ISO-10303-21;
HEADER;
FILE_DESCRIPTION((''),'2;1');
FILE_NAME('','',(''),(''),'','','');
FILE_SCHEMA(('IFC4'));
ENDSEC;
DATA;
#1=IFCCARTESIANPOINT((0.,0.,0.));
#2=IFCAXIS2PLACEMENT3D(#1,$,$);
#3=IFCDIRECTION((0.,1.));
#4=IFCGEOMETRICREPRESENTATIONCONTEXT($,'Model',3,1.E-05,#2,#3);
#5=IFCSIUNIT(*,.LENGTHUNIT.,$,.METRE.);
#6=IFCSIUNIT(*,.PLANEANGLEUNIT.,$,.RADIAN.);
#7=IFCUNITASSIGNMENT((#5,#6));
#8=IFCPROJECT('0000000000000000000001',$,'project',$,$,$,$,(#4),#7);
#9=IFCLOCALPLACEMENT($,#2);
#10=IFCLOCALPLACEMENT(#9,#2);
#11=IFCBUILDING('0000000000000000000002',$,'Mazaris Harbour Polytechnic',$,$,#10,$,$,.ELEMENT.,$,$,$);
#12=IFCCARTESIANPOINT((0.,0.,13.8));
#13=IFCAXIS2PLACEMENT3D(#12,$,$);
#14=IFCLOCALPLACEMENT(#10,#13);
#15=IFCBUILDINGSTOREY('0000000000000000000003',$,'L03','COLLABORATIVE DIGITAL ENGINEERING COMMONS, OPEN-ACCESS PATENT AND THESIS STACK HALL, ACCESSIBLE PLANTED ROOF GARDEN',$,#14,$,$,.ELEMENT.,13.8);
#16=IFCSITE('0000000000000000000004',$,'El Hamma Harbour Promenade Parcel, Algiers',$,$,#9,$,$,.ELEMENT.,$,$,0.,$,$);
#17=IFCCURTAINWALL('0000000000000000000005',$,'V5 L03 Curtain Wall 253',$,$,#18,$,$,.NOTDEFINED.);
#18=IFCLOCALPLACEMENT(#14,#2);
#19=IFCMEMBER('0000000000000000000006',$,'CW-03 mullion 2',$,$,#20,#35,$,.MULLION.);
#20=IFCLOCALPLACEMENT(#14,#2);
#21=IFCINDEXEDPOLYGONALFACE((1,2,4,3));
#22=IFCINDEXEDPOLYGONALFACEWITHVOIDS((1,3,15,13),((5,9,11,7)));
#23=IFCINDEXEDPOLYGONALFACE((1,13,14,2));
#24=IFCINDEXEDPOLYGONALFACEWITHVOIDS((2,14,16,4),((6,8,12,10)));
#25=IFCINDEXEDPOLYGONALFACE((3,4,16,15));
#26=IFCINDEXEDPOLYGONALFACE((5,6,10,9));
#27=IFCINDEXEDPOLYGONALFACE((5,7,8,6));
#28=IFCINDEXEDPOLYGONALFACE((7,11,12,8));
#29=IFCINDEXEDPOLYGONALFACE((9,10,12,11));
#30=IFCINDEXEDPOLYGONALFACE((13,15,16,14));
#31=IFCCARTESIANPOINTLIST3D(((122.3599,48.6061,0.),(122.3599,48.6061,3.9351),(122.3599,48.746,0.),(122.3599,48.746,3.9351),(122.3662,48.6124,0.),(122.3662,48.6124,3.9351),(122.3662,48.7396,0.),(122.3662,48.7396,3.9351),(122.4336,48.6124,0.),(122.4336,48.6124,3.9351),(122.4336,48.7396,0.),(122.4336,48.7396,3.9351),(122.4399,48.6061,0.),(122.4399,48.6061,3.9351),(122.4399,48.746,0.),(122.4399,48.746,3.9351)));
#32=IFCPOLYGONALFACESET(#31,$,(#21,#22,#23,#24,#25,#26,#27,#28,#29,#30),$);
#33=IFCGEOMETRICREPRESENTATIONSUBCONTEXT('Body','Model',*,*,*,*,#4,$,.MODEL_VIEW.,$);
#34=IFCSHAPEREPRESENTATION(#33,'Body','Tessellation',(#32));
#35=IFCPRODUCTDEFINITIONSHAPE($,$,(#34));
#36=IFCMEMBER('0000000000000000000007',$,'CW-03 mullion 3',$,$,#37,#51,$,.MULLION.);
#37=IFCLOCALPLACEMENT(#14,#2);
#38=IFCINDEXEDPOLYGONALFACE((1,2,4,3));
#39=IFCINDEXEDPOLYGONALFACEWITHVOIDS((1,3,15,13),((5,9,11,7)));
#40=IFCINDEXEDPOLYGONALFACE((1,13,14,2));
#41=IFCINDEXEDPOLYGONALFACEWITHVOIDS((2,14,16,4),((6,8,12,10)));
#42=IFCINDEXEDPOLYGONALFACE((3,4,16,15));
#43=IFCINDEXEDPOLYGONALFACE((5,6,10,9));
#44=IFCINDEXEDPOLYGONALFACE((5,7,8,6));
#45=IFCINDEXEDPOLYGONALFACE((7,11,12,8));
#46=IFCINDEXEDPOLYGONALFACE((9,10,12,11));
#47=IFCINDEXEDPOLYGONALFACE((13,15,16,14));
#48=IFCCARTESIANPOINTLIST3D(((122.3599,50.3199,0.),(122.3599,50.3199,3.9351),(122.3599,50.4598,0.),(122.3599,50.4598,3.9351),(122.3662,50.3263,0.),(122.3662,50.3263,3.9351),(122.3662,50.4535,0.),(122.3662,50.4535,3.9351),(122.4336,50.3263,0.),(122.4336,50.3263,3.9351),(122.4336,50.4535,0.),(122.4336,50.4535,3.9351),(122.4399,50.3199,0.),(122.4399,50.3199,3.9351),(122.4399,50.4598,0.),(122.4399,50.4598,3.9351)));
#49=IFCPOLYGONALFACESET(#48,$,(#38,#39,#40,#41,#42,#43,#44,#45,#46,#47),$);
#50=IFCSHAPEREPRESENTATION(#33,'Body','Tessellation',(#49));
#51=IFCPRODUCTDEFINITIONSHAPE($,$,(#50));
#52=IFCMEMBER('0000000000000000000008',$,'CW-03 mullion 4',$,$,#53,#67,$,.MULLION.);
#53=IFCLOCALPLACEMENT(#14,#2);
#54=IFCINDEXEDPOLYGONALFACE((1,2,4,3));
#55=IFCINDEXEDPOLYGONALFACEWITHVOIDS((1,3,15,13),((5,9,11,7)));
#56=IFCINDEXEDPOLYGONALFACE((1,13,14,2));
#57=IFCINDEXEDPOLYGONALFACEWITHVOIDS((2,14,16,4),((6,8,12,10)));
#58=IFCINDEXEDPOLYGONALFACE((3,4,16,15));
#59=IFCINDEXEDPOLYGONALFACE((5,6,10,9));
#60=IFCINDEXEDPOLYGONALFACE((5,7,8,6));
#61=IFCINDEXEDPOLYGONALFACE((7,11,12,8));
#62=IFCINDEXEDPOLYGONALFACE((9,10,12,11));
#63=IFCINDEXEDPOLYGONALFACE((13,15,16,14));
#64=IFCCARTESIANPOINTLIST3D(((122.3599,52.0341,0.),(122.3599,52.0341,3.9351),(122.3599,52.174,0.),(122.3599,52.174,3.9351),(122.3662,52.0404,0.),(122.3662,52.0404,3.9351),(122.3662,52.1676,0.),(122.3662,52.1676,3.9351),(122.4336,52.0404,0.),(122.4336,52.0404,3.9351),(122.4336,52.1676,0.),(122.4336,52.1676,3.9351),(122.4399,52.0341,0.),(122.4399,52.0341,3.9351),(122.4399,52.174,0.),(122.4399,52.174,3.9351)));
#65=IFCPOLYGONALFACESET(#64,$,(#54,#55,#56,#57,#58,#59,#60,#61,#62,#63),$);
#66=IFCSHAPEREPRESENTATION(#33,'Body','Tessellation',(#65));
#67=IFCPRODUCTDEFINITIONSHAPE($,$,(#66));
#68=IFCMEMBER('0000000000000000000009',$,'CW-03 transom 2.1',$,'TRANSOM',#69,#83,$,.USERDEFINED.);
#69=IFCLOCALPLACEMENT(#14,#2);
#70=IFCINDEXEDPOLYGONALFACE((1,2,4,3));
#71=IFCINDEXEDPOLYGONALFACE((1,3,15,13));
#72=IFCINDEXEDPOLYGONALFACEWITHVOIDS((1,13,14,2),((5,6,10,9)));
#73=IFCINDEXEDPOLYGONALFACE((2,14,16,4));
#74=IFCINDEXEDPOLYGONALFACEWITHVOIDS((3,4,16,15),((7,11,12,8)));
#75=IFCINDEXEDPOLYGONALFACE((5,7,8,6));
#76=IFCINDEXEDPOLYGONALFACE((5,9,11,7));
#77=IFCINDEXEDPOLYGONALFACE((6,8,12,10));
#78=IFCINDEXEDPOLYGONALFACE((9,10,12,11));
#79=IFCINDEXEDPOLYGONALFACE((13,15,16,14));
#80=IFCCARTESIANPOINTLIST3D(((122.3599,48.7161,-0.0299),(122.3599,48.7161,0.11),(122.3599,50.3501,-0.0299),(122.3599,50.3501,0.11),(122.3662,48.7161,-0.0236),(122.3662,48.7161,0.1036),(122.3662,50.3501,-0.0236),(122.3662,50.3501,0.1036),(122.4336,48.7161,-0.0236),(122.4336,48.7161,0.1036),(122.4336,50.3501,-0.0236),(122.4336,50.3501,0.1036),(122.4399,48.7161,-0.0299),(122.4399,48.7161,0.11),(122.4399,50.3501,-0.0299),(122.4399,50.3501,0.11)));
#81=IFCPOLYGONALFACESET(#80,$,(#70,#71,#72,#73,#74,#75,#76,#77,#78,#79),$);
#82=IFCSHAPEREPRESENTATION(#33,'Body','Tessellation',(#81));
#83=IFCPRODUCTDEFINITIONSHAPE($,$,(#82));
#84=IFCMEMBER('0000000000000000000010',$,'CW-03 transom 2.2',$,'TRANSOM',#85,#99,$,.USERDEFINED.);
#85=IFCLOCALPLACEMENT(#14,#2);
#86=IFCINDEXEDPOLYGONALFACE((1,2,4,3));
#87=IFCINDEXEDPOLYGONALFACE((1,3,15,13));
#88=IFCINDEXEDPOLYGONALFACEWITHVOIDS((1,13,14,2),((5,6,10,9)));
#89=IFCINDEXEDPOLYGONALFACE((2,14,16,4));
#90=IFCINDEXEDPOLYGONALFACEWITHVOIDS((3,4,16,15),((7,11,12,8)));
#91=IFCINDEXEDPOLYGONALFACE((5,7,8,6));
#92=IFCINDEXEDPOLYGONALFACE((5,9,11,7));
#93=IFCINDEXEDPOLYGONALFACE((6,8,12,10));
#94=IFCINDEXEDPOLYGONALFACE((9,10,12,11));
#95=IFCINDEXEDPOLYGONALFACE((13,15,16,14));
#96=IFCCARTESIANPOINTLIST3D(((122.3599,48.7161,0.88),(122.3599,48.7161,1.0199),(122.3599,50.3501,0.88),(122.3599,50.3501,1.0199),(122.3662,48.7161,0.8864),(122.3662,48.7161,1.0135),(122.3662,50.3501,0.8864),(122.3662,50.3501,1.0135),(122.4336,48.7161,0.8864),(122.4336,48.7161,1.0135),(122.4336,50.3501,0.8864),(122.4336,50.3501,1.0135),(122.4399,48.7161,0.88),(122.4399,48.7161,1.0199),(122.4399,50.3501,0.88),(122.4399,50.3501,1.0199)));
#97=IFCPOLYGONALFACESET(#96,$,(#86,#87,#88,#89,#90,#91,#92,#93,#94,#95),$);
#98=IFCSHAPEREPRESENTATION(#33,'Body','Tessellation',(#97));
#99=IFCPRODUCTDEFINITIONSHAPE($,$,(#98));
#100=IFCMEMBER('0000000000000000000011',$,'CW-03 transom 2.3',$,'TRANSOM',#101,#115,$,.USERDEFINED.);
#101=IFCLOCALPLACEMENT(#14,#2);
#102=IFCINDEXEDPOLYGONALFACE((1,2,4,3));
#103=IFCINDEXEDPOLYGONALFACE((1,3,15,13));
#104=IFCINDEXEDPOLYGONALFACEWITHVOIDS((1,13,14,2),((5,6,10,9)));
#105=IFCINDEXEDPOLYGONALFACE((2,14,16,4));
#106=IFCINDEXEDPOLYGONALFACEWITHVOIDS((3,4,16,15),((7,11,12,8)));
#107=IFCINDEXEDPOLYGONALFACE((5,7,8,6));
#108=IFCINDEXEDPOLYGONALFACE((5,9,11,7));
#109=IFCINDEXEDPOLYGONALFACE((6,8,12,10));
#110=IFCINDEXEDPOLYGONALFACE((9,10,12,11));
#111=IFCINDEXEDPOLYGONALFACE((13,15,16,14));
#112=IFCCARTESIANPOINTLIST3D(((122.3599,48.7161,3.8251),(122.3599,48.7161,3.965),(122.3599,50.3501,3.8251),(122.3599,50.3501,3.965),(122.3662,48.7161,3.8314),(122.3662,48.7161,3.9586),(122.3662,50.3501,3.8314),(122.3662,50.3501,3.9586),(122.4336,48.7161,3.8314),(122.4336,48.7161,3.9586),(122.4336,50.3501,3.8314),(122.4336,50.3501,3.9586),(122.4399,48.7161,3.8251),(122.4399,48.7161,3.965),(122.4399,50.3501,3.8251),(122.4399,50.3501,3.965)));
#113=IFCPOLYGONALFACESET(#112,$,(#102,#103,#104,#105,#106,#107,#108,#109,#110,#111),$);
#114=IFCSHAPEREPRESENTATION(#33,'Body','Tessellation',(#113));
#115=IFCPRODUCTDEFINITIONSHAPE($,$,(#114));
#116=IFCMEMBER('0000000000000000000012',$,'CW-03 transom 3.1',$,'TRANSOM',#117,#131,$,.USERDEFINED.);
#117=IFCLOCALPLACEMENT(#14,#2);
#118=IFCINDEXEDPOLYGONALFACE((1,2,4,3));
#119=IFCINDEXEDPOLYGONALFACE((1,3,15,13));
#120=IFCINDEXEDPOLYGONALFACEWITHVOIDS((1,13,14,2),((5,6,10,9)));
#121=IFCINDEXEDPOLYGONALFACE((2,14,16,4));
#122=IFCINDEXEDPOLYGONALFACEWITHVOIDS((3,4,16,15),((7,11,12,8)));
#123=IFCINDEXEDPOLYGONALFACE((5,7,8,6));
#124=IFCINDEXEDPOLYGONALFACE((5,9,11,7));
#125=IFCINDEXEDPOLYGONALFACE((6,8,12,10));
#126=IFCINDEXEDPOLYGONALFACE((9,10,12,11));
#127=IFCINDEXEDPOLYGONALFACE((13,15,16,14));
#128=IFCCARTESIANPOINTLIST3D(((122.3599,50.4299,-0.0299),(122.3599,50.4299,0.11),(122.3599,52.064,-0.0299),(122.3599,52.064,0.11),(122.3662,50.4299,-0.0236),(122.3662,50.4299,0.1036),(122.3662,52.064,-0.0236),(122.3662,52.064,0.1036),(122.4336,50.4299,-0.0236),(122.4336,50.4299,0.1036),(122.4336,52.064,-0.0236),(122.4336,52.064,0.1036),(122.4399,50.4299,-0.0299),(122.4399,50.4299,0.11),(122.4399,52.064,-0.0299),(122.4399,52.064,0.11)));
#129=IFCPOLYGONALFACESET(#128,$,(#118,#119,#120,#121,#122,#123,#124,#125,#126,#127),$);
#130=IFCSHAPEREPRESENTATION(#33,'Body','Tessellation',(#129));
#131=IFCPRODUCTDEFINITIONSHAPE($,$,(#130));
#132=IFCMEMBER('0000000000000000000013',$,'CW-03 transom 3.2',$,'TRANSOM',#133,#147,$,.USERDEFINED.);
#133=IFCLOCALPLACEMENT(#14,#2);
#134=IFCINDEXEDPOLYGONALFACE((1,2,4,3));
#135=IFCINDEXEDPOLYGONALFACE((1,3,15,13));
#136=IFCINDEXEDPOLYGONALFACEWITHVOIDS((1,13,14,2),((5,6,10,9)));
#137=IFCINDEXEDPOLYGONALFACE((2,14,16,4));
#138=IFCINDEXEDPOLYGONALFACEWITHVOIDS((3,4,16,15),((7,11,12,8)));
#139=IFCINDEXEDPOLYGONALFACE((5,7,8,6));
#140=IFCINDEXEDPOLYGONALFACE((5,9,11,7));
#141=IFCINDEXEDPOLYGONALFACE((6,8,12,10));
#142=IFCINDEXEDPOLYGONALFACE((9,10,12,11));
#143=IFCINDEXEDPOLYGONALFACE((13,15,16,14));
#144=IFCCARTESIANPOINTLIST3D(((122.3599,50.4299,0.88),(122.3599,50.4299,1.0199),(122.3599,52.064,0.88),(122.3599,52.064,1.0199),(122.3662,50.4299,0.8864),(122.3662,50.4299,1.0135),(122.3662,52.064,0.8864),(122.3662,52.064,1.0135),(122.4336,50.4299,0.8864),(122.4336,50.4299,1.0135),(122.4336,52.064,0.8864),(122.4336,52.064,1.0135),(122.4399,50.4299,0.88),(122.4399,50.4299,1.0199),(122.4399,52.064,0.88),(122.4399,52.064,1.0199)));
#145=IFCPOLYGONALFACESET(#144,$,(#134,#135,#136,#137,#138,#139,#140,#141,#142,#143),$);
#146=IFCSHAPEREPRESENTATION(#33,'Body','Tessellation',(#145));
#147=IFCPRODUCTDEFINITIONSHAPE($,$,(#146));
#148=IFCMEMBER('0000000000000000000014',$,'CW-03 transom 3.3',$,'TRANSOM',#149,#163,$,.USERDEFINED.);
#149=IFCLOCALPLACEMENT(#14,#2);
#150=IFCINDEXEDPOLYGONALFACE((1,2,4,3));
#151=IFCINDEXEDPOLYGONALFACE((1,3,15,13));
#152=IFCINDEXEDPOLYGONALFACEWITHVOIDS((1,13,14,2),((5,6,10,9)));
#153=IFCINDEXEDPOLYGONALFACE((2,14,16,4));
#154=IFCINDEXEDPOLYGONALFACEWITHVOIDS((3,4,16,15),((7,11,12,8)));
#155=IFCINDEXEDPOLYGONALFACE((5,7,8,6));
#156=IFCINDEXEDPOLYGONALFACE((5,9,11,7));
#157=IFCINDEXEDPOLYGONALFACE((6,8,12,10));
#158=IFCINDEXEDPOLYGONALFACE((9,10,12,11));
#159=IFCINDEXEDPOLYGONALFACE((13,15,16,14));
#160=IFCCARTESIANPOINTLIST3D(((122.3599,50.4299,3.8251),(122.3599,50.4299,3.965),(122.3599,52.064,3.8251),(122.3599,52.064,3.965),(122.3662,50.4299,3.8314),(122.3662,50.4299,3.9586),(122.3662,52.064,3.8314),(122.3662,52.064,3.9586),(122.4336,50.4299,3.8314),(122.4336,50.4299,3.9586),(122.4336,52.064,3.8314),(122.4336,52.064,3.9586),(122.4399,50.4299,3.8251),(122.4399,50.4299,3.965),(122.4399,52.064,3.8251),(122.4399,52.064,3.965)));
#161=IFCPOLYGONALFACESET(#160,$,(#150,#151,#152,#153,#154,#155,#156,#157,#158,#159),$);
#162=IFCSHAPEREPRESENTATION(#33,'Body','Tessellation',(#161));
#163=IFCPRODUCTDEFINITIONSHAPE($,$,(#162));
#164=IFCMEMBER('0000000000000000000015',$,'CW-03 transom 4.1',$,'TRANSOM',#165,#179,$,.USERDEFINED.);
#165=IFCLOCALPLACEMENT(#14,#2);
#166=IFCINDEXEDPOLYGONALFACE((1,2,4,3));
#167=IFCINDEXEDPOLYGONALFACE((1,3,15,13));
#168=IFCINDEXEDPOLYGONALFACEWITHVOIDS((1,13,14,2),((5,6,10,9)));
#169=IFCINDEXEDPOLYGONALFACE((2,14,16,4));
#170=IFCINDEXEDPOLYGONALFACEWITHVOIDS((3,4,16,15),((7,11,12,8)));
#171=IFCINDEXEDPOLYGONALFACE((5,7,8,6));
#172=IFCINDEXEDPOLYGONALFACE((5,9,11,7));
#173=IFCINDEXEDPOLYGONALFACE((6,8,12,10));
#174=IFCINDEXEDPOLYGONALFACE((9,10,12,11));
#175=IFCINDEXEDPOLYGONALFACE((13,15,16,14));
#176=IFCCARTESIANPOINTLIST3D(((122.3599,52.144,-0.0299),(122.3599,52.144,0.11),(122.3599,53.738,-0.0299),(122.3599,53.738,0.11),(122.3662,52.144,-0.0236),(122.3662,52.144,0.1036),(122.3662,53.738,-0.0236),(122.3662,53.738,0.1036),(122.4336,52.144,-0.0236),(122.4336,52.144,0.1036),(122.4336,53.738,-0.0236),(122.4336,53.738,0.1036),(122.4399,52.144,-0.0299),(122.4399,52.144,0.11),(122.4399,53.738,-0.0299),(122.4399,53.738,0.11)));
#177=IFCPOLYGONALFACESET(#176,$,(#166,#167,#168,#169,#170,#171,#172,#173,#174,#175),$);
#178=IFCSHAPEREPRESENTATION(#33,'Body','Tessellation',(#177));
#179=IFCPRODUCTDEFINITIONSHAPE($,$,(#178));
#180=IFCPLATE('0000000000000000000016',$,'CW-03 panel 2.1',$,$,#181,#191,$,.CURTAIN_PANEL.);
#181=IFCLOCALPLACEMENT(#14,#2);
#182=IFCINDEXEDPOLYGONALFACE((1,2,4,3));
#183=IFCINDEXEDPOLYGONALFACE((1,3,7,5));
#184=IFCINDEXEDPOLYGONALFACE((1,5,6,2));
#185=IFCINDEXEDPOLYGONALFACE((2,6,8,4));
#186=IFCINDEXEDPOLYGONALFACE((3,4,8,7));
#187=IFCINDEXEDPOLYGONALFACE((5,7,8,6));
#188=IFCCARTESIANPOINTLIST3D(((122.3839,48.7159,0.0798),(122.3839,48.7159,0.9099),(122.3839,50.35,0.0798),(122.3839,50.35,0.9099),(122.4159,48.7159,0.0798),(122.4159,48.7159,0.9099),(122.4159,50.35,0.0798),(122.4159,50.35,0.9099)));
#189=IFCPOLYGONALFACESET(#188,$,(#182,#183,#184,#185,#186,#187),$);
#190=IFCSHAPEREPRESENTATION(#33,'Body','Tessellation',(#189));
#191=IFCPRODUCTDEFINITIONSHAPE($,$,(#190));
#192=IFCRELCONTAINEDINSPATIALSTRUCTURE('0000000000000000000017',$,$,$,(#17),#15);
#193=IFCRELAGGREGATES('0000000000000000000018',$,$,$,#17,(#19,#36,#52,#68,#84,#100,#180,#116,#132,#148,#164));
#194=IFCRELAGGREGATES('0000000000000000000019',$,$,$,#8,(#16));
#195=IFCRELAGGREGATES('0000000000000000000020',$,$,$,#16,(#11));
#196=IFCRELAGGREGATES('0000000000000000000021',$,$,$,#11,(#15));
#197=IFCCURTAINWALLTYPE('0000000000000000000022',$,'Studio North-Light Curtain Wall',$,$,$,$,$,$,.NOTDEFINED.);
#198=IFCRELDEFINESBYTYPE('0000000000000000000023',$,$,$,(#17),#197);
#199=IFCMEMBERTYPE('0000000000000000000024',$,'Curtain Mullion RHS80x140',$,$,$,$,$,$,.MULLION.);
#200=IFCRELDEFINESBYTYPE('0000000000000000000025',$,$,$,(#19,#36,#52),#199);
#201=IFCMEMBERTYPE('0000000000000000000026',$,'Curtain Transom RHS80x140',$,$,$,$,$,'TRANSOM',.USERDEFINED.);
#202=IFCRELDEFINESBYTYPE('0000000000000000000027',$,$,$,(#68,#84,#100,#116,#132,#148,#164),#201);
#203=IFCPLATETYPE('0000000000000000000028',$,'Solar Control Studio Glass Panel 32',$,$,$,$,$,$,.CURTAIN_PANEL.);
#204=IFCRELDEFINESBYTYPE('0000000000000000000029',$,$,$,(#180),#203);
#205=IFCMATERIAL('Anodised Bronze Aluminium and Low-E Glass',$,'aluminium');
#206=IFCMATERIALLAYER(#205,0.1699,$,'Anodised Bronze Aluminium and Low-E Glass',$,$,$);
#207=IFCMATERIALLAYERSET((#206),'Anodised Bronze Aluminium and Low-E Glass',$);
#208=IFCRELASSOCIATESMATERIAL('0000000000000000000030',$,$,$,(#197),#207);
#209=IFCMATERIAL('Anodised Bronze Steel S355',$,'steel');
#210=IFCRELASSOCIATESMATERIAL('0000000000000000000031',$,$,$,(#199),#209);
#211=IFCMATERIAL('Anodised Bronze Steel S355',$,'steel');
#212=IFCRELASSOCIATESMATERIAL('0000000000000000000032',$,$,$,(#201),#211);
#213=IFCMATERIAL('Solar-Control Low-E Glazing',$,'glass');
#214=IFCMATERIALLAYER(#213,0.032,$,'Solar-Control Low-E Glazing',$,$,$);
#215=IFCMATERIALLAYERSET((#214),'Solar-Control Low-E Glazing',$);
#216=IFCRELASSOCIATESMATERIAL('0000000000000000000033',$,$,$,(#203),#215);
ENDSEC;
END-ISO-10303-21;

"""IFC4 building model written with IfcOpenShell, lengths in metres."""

from ifc_helpers import new_model, si_unit, direction, frame, origin, origin_2d, place, context, subcontext, project, spatial, rectangle, hollow_rectangle, extrude, material, layer, layer_set, material_profile, profile_set, type_object, element, aggregate, save


model = new_model("IFC4")

# Units and contexts
model_context = context("Model", 3, precision=1e-05, world=origin(), true_north=direction((0.0, 1.0)))
body_context = subcontext(model_context, "Body", "Model", "MODEL_VIEW")
ifc_project = project(units=[si_unit("LENGTHUNIT", "METRE"), si_unit("PLANEANGLEUNIT", "RADIAN")], contexts=[model_context])

# Site, building, storey
site_placement = place(None, origin())
site = spatial("IfcSite", under=ifc_project, at=site_placement, Name="El Hamma Harbour Promenade Parcel, Algiers", CompositionType="ELEMENT", RefElevation=0.0)
building_placement = place(site_placement, origin())
building = spatial("IfcBuilding", under=site, at=building_placement, Name="Mazaris Harbour Polytechnic", CompositionType="ELEMENT")
storey_placement = place(building_placement, frame((0.0, 0.0, 13.8)))
storey = spatial("IfcBuildingStorey", under=building, at=storey_placement, Name="L03", Description="COLLABORATIVE DIGITAL ENGINEERING COMMONS, OPEN-ACCESS PATENT AND THESIS STACK HALL, ACCESSIBLE PLANTED ROOF GARDEN", CompositionType="ELEMENT", Elevation=13.8)

# Curtain wall, members, plate
ifc_material_1 = material(Name="Anodised Bronze Aluminium and Low-E Glass", Category="aluminium")
ifc_layer_1 = layer(ifc_material_1, 0.1699, Name="Anodised Bronze Aluminium and Low-E Glass")
ifc_layer_set_1 = layer_set([ifc_layer_1], Name="Anodised Bronze Aluminium and Low-E Glass")
curtain_wall_type = type_object("IfcCurtainWallType", Name="Studio North-Light Curtain Wall", PredefinedType="NOTDEFINED", material=ifc_layer_set_1)
curtain_wall_placement = place(storey_placement, origin())
curtain_wall = element("IfcCurtainWall", 1, at=curtain_wall_placement, inside=storey, type_object=curtain_wall_type, Name="V5 L03 Curtain Wall 253", PredefinedType="NOTDEFINED")
ifc_material_2 = material(Name="Anodised Bronze Steel S355", Category="steel")
ifc_material_profile_1 = material_profile(ifc_material_2, hollow_rectangle(XDim=0.0801, YDim=0.1399, WallThickness=0.0063, at=origin_2d()), Name="RHS 80x140x6.3")
ifc_profile_set_1 = profile_set([ifc_material_profile_1], Name="Anodised Bronze Steel S355")
member_type_1 = type_object("IfcMemberType", Name="Curtain Mullion RHS80x140", PredefinedType="MULLION", material=ifc_profile_set_1)
member_1_placement = place(storey_placement, frame((122.3999, 48.676, 0.0), z_axis=(0.0, 0.0, 1.0), x_axis=(-1.0, 0.0, 0.0)))
member_1 = element("IfcMember", 2, at=member_1_placement, type_object=member_type_1, Name="CW-03 mullion 2", PredefinedType="MULLION", context=body_context, shape_type="SweptSolid", body=[
    extrude(hollow_rectangle(XDim=0.0801, YDim=0.1399, WallThickness=0.0063, at=origin_2d()), origin(), (0.0, 0.0, 1.0), 3.9351),
])
member_2_placement = place(storey_placement, frame((122.3999, 50.3899, 0.0), z_axis=(0.0, 0.0, 1.0), x_axis=(-1.0, 0.0, 0.0)))
member_2 = element("IfcMember", 3, at=member_2_placement, type_object=member_type_1, Name="CW-03 mullion 3", PredefinedType="MULLION", context=body_context, shape_type="SweptSolid", body=[
    extrude(hollow_rectangle(XDim=0.0801, YDim=0.1399, WallThickness=0.0063, at=origin_2d()), origin(), (0.0, 0.0, 1.0), 3.9351),
])
member_3_placement = place(storey_placement, frame((122.3999, 52.104, 0.0), z_axis=(0.0, 0.0, 1.0), x_axis=(-1.0, 0.0, 0.0)))
member_3 = element("IfcMember", 4, at=member_3_placement, type_object=member_type_1, Name="CW-03 mullion 4", PredefinedType="MULLION", context=body_context, shape_type="SweptSolid", body=[
    extrude(hollow_rectangle(XDim=0.0801, YDim=0.1399, WallThickness=0.0063, at=origin_2d()), origin(), (0.0, 0.0, 1.0), 3.9351),
])
ifc_material_3 = material(Name="Anodised Bronze Steel S355", Category="steel")
ifc_material_profile_2 = material_profile(ifc_material_3, hollow_rectangle(XDim=0.0801, YDim=0.1399, WallThickness=0.0063, at=origin_2d()), Name="RHS 80x140x6.3")
ifc_profile_set_2 = profile_set([ifc_material_profile_2], Name="Anodised Bronze Steel S355")
member_type_2 = type_object("IfcMemberType", Name="Curtain Transom RHS80x140", ElementType="TRANSOM", PredefinedType="USERDEFINED", material=ifc_profile_set_2)
member_4_placement = place(storey_placement, frame((122.3999, 48.7161, 0.04), z_axis=(0.0, 1.0, 0.0), x_axis=(-1.0, 0.0, 0.0)))
member_4 = element("IfcMember", 5, at=member_4_placement, type_object=member_type_2, Name="CW-03 transom 2.1", ObjectType="TRANSOM", PredefinedType="USERDEFINED", context=body_context, shape_type="SweptSolid", body=[
    extrude(hollow_rectangle(XDim=0.0801, YDim=0.1399, WallThickness=0.0063, at=origin_2d()), origin(), (0.0, 0.0, 1.0), 1.634),
])
member_5_placement = place(storey_placement, frame((122.3999, 48.7161, 0.95), z_axis=(0.0, 1.0, 0.0), x_axis=(-1.0, 0.0, 0.0)))
member_5 = element("IfcMember", 6, at=member_5_placement, type_object=member_type_2, Name="CW-03 transom 2.2", ObjectType="TRANSOM", PredefinedType="USERDEFINED", context=body_context, shape_type="SweptSolid", body=[
    extrude(hollow_rectangle(XDim=0.0801, YDim=0.1399, WallThickness=0.0063, at=origin_2d()), origin(), (0.0, 0.0, 1.0), 1.634),
])
member_6_placement = place(storey_placement, frame((122.3999, 48.7161, 3.895), z_axis=(0.0, 1.0, 0.0), x_axis=(-1.0, 0.0, 0.0)))
member_6 = element("IfcMember", 7, at=member_6_placement, type_object=member_type_2, Name="CW-03 transom 2.3", ObjectType="TRANSOM", PredefinedType="USERDEFINED", context=body_context, shape_type="SweptSolid", body=[
    extrude(hollow_rectangle(XDim=0.0801, YDim=0.1399, WallThickness=0.0063, at=origin_2d()), origin(), (0.0, 0.0, 1.0), 1.634),
])
member_7_placement = place(storey_placement, frame((122.3999, 50.4299, 0.04), z_axis=(0.0, 1.0, 0.0), x_axis=(-1.0, 0.0, 0.0)))
member_7 = element("IfcMember", 8, at=member_7_placement, type_object=member_type_2, Name="CW-03 transom 3.1", ObjectType="TRANSOM", PredefinedType="USERDEFINED", context=body_context, shape_type="SweptSolid", body=[
    extrude(hollow_rectangle(XDim=0.0801, YDim=0.1399, WallThickness=0.0063, at=origin_2d()), origin(), (0.0, 0.0, 1.0), 1.634),
])
member_8_placement = place(storey_placement, frame((122.3999, 50.4299, 0.95), z_axis=(0.0, 1.0, 0.0), x_axis=(-1.0, 0.0, 0.0)))
member_8 = element("IfcMember", 9, at=member_8_placement, type_object=member_type_2, Name="CW-03 transom 3.2", ObjectType="TRANSOM", PredefinedType="USERDEFINED", context=body_context, shape_type="SweptSolid", body=[
    extrude(hollow_rectangle(XDim=0.0801, YDim=0.1399, WallThickness=0.0063, at=origin_2d()), origin(), (0.0, 0.0, 1.0), 1.634),
])
member_9_placement = place(storey_placement, frame((122.3999, 50.4299, 3.895), z_axis=(0.0, 1.0, 0.0), x_axis=(-1.0, 0.0, 0.0)))
member_9 = element("IfcMember", 10, at=member_9_placement, type_object=member_type_2, Name="CW-03 transom 3.3", ObjectType="TRANSOM", PredefinedType="USERDEFINED", context=body_context, shape_type="SweptSolid", body=[
    extrude(hollow_rectangle(XDim=0.0801, YDim=0.1399, WallThickness=0.0063, at=origin_2d()), origin(), (0.0, 0.0, 1.0), 1.634),
])
member_10_placement = place(storey_placement, frame((122.3999, 52.144, 0.04), z_axis=(0.0, 1.0, 0.0), x_axis=(-1.0, 0.0, 0.0)))
member_10 = element("IfcMember", 11, at=member_10_placement, type_object=member_type_2, Name="CW-03 transom 4.1", ObjectType="TRANSOM", PredefinedType="USERDEFINED", context=body_context, shape_type="SweptSolid", body=[
    extrude(hollow_rectangle(XDim=0.0801, YDim=0.1399, WallThickness=0.0063, at=origin_2d()), origin(), (0.0, 0.0, 1.0), 1.594),
])
ifc_material_4 = material(Name="Solar-Control Low-E Glazing", Category="glass")
ifc_layer_2 = layer(ifc_material_4, 0.032, Name="Solar-Control Low-E Glazing")
ifc_layer_set_2 = layer_set([ifc_layer_2], Name="Solar-Control Low-E Glazing")
plate_type = type_object("IfcPlateType", Name="Solar Control Studio Glass Panel 32", PredefinedType="CURTAIN_PANEL", material=ifc_layer_set_2)
plate_1_placement = place(storey_placement, frame((122.3999, 49.533, 0.0798), z_axis=(0.0, 0.0, 1.0), x_axis=(0.0, 1.0, 0.0)))
plate_1 = element("IfcPlate", 12, at=plate_1_placement, type_object=plate_type, Name="CW-03 panel 2.1", PredefinedType="CURTAIN_PANEL", context=body_context, shape_type="SweptSolid", body=[
    extrude(rectangle(XDim=1.634, YDim=0.032, at=origin_2d()), origin(), (0.0, 0.0, 1.0), 0.8301),
])
aggregate(curtain_wall, [member_1, member_2, member_3, member_4, member_5, member_6, plate_1, member_7, member_8, member_9, member_10])

save(model, "model.ifc")
